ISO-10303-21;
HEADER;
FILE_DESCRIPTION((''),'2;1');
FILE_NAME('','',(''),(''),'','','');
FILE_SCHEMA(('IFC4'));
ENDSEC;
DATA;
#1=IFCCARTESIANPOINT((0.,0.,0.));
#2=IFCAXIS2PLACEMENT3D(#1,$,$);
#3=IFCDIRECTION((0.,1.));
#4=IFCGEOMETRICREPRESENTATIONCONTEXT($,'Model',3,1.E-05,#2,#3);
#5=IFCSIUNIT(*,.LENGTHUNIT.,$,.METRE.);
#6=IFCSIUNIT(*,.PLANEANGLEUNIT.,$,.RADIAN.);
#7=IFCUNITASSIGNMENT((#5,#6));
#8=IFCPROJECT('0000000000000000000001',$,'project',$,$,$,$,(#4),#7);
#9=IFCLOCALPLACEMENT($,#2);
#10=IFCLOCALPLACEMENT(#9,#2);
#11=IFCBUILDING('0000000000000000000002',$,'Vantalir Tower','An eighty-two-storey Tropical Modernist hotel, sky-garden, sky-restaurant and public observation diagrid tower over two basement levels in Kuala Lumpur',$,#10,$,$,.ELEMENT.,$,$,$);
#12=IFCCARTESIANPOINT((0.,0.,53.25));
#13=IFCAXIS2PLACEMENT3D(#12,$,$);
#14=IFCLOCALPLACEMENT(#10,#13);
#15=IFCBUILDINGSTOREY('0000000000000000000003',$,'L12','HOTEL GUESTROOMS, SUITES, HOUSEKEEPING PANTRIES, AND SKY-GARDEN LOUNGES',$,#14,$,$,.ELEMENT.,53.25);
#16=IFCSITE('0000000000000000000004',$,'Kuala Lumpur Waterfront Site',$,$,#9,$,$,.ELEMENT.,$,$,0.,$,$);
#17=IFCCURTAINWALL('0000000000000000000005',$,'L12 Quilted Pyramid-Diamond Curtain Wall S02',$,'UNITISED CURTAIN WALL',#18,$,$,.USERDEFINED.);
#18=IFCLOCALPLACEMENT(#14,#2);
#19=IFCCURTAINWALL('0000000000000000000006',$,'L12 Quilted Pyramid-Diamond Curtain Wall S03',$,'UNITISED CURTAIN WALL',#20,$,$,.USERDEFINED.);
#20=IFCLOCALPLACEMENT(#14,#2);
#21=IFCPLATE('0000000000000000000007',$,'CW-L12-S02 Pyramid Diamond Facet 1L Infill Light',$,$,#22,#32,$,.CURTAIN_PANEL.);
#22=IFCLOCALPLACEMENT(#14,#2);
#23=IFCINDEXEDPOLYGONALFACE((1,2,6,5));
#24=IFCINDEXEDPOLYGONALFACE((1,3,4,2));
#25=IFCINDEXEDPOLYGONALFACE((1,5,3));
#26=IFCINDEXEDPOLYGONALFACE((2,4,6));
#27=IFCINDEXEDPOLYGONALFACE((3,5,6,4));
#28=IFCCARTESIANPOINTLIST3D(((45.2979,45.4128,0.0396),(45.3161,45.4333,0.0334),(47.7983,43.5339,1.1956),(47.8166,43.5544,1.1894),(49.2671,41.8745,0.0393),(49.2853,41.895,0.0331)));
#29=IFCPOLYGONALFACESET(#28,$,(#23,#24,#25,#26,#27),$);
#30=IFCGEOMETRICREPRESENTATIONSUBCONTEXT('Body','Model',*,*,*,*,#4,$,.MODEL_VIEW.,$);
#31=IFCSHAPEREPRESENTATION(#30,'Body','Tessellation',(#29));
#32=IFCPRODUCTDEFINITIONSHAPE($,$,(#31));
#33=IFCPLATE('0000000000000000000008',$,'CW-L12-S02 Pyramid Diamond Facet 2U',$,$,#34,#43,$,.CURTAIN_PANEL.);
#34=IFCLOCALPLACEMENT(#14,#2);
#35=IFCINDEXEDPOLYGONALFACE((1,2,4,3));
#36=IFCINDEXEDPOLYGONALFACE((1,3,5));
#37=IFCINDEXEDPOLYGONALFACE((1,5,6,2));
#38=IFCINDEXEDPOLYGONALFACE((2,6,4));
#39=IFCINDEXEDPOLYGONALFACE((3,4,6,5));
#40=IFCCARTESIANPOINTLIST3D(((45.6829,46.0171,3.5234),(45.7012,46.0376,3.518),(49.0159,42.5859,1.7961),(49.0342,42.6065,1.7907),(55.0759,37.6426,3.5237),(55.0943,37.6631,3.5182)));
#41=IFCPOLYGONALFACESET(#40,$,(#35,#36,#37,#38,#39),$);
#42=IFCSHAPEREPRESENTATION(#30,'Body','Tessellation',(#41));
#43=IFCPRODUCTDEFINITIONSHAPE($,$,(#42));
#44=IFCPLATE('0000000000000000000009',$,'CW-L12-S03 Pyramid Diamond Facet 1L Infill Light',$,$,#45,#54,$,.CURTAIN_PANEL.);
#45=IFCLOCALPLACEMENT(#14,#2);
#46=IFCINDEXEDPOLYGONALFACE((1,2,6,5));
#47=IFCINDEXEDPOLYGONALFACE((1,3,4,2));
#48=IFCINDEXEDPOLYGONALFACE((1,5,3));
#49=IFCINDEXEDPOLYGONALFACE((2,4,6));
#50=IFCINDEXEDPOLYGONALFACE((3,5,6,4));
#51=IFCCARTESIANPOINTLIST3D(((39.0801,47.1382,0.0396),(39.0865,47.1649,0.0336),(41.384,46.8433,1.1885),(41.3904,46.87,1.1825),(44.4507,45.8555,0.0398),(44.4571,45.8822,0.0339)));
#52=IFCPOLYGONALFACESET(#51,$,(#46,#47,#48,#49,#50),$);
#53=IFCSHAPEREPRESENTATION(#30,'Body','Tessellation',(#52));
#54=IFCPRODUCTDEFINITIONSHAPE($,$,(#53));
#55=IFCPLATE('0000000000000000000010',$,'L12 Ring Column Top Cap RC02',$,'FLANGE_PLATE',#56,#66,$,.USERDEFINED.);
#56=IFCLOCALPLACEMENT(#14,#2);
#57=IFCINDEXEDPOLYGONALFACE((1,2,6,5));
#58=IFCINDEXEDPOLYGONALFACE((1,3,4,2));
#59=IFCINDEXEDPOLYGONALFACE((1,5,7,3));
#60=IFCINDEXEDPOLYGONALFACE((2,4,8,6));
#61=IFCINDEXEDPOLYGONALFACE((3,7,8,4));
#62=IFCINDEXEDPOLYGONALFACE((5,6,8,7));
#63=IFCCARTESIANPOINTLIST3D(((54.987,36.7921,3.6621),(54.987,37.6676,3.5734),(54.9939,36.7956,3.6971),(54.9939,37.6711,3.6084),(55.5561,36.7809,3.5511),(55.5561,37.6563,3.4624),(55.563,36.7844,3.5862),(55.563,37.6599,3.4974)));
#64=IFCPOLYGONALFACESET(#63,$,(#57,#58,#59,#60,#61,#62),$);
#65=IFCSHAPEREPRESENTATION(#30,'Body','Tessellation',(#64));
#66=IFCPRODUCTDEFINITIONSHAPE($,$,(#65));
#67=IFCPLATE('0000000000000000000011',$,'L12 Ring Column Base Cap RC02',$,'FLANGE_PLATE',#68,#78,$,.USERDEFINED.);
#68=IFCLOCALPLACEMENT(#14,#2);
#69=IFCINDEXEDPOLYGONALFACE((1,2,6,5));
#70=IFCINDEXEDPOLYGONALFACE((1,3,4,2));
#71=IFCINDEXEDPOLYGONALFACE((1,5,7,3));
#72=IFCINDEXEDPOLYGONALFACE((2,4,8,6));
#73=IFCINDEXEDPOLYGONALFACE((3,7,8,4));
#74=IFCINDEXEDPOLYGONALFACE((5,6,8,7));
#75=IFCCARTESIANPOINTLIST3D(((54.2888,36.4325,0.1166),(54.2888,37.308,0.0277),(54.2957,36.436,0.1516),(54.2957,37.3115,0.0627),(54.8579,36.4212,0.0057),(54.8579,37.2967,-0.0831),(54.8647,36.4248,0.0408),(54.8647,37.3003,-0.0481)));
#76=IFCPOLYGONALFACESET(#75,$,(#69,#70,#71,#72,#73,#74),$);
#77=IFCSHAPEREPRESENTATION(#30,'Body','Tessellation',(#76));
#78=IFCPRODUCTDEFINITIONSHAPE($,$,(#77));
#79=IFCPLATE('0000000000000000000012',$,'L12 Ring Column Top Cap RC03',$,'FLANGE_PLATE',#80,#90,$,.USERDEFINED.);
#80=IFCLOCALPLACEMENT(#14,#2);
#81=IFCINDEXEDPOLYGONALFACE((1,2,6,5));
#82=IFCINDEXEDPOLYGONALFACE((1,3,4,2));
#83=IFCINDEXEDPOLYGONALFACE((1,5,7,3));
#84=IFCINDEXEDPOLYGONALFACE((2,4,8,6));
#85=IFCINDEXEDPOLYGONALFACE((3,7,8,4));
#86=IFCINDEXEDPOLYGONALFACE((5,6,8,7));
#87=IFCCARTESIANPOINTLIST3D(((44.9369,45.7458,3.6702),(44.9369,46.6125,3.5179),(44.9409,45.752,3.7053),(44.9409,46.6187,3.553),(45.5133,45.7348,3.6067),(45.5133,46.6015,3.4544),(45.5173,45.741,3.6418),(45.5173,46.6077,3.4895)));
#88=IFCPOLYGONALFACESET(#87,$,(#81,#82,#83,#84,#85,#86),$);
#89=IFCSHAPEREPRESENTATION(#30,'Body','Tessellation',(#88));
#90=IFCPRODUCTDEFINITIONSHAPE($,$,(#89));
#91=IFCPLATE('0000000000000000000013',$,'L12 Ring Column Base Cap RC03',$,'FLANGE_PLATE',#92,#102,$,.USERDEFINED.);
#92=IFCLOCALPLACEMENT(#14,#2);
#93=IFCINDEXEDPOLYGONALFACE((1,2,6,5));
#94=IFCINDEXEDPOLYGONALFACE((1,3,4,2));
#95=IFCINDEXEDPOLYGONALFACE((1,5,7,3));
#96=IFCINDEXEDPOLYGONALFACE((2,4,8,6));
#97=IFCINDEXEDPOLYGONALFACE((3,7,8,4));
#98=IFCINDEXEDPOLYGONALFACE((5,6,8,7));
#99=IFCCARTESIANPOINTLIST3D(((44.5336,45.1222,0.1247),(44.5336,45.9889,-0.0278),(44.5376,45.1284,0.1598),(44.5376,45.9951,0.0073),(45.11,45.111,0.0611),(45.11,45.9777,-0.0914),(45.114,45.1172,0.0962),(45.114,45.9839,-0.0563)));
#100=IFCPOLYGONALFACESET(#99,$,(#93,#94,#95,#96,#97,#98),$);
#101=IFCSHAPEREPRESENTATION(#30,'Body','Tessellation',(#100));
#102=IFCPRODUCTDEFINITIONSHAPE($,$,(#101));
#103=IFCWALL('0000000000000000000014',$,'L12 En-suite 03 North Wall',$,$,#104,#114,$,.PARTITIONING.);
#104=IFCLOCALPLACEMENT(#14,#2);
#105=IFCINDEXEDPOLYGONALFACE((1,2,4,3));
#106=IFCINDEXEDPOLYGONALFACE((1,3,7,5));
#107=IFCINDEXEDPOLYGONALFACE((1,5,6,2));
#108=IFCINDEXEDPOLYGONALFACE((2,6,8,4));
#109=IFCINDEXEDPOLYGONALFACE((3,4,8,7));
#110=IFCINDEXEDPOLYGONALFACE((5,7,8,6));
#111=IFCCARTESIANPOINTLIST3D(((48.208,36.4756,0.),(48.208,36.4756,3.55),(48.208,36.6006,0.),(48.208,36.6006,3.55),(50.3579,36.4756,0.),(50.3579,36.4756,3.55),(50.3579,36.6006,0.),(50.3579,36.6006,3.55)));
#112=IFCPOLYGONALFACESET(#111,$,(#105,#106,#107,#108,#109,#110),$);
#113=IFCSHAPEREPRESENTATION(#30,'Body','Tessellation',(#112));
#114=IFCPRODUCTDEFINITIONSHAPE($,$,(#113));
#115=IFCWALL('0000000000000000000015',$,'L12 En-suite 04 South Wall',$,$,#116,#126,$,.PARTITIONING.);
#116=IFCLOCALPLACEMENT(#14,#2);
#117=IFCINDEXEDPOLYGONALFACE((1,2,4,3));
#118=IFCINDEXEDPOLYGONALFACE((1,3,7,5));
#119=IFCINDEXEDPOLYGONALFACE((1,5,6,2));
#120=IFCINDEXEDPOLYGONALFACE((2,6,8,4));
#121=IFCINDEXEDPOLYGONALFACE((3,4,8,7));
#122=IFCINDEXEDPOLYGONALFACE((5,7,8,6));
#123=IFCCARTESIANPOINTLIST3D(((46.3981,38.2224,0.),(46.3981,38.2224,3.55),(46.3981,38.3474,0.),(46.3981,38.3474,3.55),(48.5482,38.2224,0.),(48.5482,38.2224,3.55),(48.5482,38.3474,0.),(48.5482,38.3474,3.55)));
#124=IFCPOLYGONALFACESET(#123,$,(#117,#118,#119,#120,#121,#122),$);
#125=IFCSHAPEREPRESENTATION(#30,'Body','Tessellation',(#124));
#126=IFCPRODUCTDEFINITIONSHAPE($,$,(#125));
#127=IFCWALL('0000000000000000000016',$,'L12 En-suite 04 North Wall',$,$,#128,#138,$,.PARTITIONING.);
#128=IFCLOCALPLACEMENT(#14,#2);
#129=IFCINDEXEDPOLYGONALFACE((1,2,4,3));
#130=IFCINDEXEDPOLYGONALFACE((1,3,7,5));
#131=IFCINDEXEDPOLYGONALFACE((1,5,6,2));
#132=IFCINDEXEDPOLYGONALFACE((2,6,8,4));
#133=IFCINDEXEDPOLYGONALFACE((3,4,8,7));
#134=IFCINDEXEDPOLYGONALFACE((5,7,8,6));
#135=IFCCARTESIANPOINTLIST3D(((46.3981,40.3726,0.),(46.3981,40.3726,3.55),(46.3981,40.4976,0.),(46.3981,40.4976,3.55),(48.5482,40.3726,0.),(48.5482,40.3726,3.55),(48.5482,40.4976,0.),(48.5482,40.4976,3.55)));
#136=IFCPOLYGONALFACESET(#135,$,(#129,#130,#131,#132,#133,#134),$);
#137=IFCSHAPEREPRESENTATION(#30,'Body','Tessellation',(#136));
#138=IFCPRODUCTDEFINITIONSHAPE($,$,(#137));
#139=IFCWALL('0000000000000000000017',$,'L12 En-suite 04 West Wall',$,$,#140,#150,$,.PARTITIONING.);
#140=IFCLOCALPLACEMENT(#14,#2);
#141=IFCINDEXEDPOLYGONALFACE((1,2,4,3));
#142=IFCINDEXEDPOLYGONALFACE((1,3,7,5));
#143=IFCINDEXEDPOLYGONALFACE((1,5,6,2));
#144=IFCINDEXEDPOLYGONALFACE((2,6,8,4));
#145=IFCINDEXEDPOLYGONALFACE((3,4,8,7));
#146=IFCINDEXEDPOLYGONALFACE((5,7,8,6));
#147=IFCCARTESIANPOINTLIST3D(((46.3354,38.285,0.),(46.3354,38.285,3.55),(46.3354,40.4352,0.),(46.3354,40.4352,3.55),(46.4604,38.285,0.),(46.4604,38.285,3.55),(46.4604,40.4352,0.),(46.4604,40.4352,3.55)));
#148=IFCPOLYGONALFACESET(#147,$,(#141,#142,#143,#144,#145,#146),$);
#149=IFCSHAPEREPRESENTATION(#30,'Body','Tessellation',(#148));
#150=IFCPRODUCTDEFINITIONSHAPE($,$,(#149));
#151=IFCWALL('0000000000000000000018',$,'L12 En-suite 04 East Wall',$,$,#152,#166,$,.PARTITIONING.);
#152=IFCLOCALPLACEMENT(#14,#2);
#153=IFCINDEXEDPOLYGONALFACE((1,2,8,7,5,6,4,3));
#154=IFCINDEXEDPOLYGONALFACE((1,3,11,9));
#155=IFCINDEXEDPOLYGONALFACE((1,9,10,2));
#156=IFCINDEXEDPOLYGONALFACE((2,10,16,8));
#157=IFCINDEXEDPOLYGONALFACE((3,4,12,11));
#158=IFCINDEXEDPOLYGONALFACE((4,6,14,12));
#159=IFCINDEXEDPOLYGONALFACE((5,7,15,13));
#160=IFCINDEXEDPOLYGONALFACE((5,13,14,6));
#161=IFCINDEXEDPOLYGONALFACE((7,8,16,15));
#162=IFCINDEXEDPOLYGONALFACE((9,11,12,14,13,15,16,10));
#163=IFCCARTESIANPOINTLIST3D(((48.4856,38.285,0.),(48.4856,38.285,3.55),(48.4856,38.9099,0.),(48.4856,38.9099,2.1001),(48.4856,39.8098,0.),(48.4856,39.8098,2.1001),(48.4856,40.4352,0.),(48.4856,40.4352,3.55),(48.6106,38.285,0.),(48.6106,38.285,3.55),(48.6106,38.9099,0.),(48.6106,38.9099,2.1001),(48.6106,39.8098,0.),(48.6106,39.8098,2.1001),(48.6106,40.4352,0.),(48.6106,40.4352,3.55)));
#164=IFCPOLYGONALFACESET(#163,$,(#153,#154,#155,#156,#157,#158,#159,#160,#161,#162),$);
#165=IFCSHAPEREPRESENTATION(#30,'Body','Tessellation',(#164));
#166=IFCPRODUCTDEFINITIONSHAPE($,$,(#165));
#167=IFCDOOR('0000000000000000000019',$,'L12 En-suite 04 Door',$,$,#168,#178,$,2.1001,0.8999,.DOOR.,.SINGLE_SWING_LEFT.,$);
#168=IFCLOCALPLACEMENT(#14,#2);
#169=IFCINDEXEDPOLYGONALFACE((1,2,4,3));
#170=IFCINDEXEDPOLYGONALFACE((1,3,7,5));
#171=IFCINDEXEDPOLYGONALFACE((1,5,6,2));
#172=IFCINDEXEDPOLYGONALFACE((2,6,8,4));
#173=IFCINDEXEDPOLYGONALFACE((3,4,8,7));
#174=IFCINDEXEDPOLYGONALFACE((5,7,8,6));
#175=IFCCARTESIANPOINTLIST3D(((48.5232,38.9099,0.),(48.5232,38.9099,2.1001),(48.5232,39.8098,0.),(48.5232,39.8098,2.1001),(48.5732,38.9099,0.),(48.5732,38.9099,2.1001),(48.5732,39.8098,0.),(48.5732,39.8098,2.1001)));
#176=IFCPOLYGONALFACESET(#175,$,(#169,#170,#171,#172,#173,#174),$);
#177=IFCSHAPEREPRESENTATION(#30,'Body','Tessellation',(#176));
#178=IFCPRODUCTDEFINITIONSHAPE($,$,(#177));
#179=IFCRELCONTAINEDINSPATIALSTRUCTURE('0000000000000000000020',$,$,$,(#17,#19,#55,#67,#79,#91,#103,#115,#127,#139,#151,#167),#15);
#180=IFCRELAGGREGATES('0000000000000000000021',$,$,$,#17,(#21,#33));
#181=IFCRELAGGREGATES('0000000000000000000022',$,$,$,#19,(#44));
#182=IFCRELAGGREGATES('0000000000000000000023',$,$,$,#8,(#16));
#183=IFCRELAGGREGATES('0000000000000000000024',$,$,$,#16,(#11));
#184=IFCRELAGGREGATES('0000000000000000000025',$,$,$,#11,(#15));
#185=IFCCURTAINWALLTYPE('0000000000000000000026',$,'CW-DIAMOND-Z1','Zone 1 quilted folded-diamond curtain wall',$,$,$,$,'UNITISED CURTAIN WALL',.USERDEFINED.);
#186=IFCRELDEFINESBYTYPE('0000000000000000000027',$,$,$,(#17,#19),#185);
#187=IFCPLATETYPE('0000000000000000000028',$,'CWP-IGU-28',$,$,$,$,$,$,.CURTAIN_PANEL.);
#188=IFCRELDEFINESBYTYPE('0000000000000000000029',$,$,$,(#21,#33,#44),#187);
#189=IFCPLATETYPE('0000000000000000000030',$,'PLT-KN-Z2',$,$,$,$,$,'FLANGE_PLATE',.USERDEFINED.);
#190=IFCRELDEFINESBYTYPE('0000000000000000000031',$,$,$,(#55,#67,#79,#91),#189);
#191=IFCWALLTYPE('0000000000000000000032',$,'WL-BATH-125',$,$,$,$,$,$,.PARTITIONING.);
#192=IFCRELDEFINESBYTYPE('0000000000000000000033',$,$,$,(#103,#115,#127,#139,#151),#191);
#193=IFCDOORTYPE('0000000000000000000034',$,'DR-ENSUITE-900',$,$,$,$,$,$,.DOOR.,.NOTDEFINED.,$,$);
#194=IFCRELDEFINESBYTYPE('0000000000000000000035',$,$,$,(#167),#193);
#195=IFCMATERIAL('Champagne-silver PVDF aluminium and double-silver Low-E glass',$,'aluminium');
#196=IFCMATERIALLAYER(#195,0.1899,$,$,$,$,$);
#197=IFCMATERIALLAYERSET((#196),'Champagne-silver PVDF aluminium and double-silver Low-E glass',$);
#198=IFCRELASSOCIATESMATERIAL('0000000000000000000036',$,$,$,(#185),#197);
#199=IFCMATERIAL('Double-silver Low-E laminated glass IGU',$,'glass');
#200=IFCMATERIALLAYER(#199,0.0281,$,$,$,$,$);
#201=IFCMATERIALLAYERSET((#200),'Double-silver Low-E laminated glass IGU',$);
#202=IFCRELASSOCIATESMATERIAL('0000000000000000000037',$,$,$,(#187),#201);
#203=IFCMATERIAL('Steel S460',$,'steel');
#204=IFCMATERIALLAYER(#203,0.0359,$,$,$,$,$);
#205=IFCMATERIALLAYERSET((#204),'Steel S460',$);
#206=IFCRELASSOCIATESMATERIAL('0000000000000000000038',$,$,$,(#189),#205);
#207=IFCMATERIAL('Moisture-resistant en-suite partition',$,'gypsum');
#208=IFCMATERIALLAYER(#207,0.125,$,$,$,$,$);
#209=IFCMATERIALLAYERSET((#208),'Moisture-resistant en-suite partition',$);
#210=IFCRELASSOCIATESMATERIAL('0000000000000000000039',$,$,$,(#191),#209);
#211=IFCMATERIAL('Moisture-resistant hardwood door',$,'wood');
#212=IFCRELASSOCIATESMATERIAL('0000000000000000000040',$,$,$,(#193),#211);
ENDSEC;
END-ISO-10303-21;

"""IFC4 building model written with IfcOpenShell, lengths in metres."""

from ifc_helpers import new_model, si_unit, direction, frame, frame_2d, origin, place, context, subcontext, project, spatial, polyline, rectangle, outline, extrude, material, layer, layer_set, type_object, element, fill, aggregate, save


model = new_model("IFC4")

# Units and contexts
model_context = context("Model", 3, precision=1e-05, world=origin(), true_north=direction((0.0, 1.0)))
body_context = subcontext(model_context, "Body", "Model", "MODEL_VIEW")
ifc_project = project(units=[si_unit("LENGTHUNIT", "METRE"), si_unit("PLANEANGLEUNIT", "RADIAN")], contexts=[model_context])

# Site, building, storey
site_placement = place(None, origin())
site = spatial("IfcSite", under=ifc_project, at=site_placement, Name="Kuala Lumpur Waterfront Site", CompositionType="ELEMENT", RefElevation=0.0)
building_placement = place(site_placement, origin())
building = spatial("IfcBuilding", under=site, at=building_placement, Name="Vantalir Tower", Description="An eighty-two-storey Tropical Modernist hotel, sky-garden, sky-restaurant and public observation diagrid tower over two basement levels in Kuala Lumpur", CompositionType="ELEMENT")
storey_placement = place(building_placement, frame((0.0, 0.0, 53.25)))
storey = spatial("IfcBuildingStorey", under=building, at=storey_placement, Name="L12", Description="HOTEL GUESTROOMS, SUITES, HOUSEKEEPING PANTRIES, AND SKY-GARDEN LOUNGES", CompositionType="ELEMENT", Elevation=53.25)

# Shared definitions
ifc_material_1 = material(Name="Steel S460", Category="steel")

# Curtain wall
ifc_material_2 = material(Name="Champagne-silver PVDF aluminium and double-silver Low-E glass", Category="aluminium")
ifc_layer_1 = layer(ifc_material_2, 0.1899)
ifc_layer_set_1 = layer_set([ifc_layer_1], Name="Champagne-silver PVDF aluminium and double-silver Low-E glass")
curtain_wall_type = type_object("IfcCurtainWallType", Name="CW-DIAMOND-Z1", Description="Zone 1 quilted folded-diamond curtain wall", ElementType="UNITISED CURTAIN WALL", PredefinedType="USERDEFINED", material=ifc_layer_set_1)
curtain_wall_1_placement = place(storey_placement, origin())
curtain_wall_1 = element("IfcCurtainWall", 1, at=curtain_wall_1_placement, inside=storey, type_object=curtain_wall_type, Name="L12 Quilted Pyramid-Diamond Curtain Wall S02", ObjectType="UNITISED CURTAIN WALL", PredefinedType="USERDEFINED")

# Curtain wall
curtain_wall_2_placement = place(storey_placement, origin())
curtain_wall_2 = element("IfcCurtainWall", 2, at=curtain_wall_2_placement, inside=storey, type_object=curtain_wall_type, Name="L12 Quilted Pyramid-Diamond Curtain Wall S03", ObjectType="UNITISED CURTAIN WALL", PredefinedType="USERDEFINED")

# Shared definitions
ifc_material_3 = material(Name="Double-silver Low-E laminated glass IGU", Category="glass")
ifc_layer_2 = layer(ifc_material_3, 0.0281)
ifc_layer_set_2 = layer_set([ifc_layer_2], Name="Double-silver Low-E laminated glass IGU")
plate_type_1 = type_object("IfcPlateType", Name="CWP-IGU-28", PredefinedType="CURTAIN_PANEL", material=ifc_layer_set_2)

# Plates
plate_1_placement = place(storey_placement, frame((49.2671, 41.8745, 0.0393), z_axis=(-0.649042, -0.728099, 0.220493), x_axis=(-0.746464, 0.665426, 0.000046)))
plate_1 = element("IfcPlate", 3, at=plate_1_placement, type_object=plate_type_1, Name="CW-L12-S02 Pyramid Diamond Facet 1L Infill Light", PredefinedType="CURTAIN_PANEL", context=body_context, shape_type="SweptSolid", body=[
    extrude(outline(polyline([(0.0, 0.0), (5.3174, 0.0), (2.2006, -1.1853), (0.0, 0.0)])), origin(), (0.0, 0.0, -1.0), 0.0281),
])
plate_2_placement = place(storey_placement, frame((45.6829, 46.0171, 3.5234), z_axis=(-0.652735, -0.732119, 0.194778), x_axis=(0.746417, -0.665478, 0.000019)))
plate_2 = element("IfcPlate", 4, at=plate_2_placement, type_object=plate_type_1, Name="CW-L12-S02 Pyramid Diamond Facet 2U", PredefinedType="CURTAIN_PANEL", context=body_context, shape_type="SweptSolid", body=[
    extrude(outline(polyline([(0.0, 0.0), (12.5842, 0.0), (4.7711, -1.7611), (0.0, 0.0)])), origin(), (0.0, 0.0, -1.0), 0.0281),
])
aggregate(curtain_wall_1, [plate_1, plate_2])
plate_3_placement = place(storey_placement, frame((44.4507, 45.8555, 0.0398), z_axis=(-0.227069, -0.950677, 0.211312), x_axis=(-0.972643, 0.232306, -0.000044)))
plate_3 = element("IfcPlate", 5, at=plate_3_placement, type_object=plate_type_1, Name="CW-L12-S03 Pyramid Diamond Facet 1L Infill Light", PredefinedType="CURTAIN_PANEL", context=body_context, shape_type="SweptSolid", body=[
    extrude(outline(polyline([(0.0, 0.0), (5.5217, 0.0), (3.2122, -1.1754), (0.0, 0.0)])), origin(), (0.0, 0.0, -1.0), 0.0281),
])
aggregate(curtain_wall_2, [plate_3])

# Plates
ifc_layer_3 = layer(ifc_material_1, 0.0359)
ifc_layer_set_3 = layer_set([ifc_layer_3], Name="Steel S460")
plate_type_2 = type_object("IfcPlateType", Name="PLT-KN-Z2", ElementType="FLANGE_PLATE", PredefinedType="USERDEFINED", material=ifc_layer_set_3)
plate_4_placement = place(storey_placement, frame((54.9939, 37.6711, 3.6084), z_axis=(0.192318, 0.098967, 0.976329), x_axis=(-0.000026, -0.994901, 0.100855)))
element("IfcPlate", 6, at=plate_4_placement, inside=storey, type_object=plate_type_2, Name="L12 Ring Column Top Cap RC02", ObjectType="FLANGE_PLATE", PredefinedType="USERDEFINED", context=body_context, shape_type="SweptSolid", body=[
    extrude(outline(polyline([(0.0, 0.0), (0.88, 0.0), (0.8799, 0.5799), (0.0, 0.5799), (0.0, 0.0)])), origin(), (0.0, 0.0, -1.0), 0.0359),
])
plate_5_placement = place(storey_placement, frame((54.2957, 37.3115, 0.0627), z_axis=(0.192117, 0.099106, 0.976355), x_axis=(0.0, -0.994888, 0.100987)))
element("IfcPlate", 7, at=plate_5_placement, inside=storey, type_object=plate_type_2, Name="L12 Ring Column Base Cap RC02", ObjectType="FLANGE_PLATE", PredefinedType="USERDEFINED", context=body_context, shape_type="SweptSolid", body=[
    extrude(outline(polyline([(0.0, 0.0), (0.88, 0.0), (0.88, 0.5799), (0.0, 0.5799), (0.0, 0.0)])), origin(), (0.0, 0.0, -1.0), 0.0359),
])
plate_6_placement = place(storey_placement, frame((44.9409, 46.6187, 3.553), z_axis=(0.111068, 0.172049, 0.978807), x_axis=(0.0, -0.984901, 0.173121)))
element("IfcPlate", 8, at=plate_6_placement, inside=storey, type_object=plate_type_2, Name="L12 Ring Column Top Cap RC03", ObjectType="FLANGE_PLATE", PredefinedType="USERDEFINED", context=body_context, shape_type="SweptSolid", body=[
    extrude(outline(polyline([(0.0, 0.0), (0.88, 0.0), (0.8798, 0.58), (-0.0002, 0.58), (0.0, 0.0)])), origin(), (0.0, 0.0, -1.0), 0.0359),
])
plate_7_placement = place(storey_placement, frame((44.5376, 45.9951, 0.0073), z_axis=(0.111345, 0.172178, 0.978753), x_axis=(-0.000015, -0.984877, 0.173257)))
element("IfcPlate", 9, at=plate_7_placement, inside=storey, type_object=plate_type_2, Name="L12 Ring Column Base Cap RC03", ObjectType="FLANGE_PLATE", PredefinedType="USERDEFINED", context=body_context, shape_type="SweptSolid", body=[
    extrude(outline(polyline([(0.0, 0.0), (0.88, 0.0), (0.88, 0.58), (0.0001, 0.58), (0.0, 0.0)])), origin(), (0.0, 0.0, -1.0), 0.0359),
])

# Walls
ifc_material_4 = material(Name="Moisture-resistant en-suite partition", Category="gypsum")
ifc_layer_4 = layer(ifc_material_4, 0.125)
ifc_layer_set_4 = layer_set([ifc_layer_4], Name="Moisture-resistant en-suite partition")
wall_type = type_object("IfcWallType", Name="WL-BATH-125", PredefinedType="PARTITIONING", material=ifc_layer_set_4)
wall_1_placement = place(storey_placement, frame((48.208, 36.5381, 0.0), z_axis=(0.0, 0.0, 1.0), x_axis=(1.0, 0.0, 0.0)))
element("IfcWall", 10, at=wall_1_placement, inside=storey, type_object=wall_type, Name="L12 En-suite 03 North Wall", PredefinedType="PARTITIONING", context=body_context, shape_type="SweptSolid", body=[
    extrude(rectangle(XDim=2.1499, YDim=0.125, at=frame_2d((1.075, 0.0))), origin(), (0.0, 0.0, 1.0), 3.55),
])
for number, where, z_axis, x_axis, name in (
    (11, (46.3979, 38.2849, 0.0), (0.0, 0.0, 1.0), (1.0, 0.0, 0.0), "L12 En-suite 04 South Wall"),
    (12, (46.3979, 40.4351, 0.0), (0.0, 0.0, 1.0), (1.0, 0.0, 0.0), "L12 En-suite 04 North Wall"),
    (13, (46.3979, 38.2849, 0.0), (0.0, 0.0, 1.0), (0.0, 1.0, 0.0), "L12 En-suite 04 West Wall"),
):
    element("IfcWall", number, at=place(storey_placement, frame(where, z_axis=z_axis, x_axis=x_axis)), inside=storey, type_object=wall_type, Name=name, PredefinedType="PARTITIONING", context=body_context, shape_type="SweptSolid", body=[
        extrude(rectangle(XDim=2.1501, YDim=0.125, at=frame_2d((1.0752, 0.0))), origin(), (0.0, 0.0, 1.0), 3.55),
    ])

# Wall, opening, door
wall_2_placement = place(storey_placement, frame((48.5481, 38.2849, 0.0), z_axis=(0.0, 0.0, 1.0), x_axis=(0.0, 1.0, 0.0)))
wall_2 = element("IfcWall", 14, at=wall_2_placement, inside=storey, type_object=wall_type, Name="L12 En-suite 04 East Wall", PredefinedType="PARTITIONING", context=body_context, shape_type="SweptSolid", body=[
    extrude(rectangle(XDim=2.1501, YDim=0.125, at=frame_2d((1.0752, 0.0))), origin(), (0.0, 0.0, 1.0), 3.55),
])
opening_placement = place(wall_2_placement, frame((0.625, 0.0, 0.0)))
opening = element("IfcOpeningElement", 15, at=opening_placement, cuts=wall_2, PredefinedType="OPENING", context=body_context, shape_type="SweptSolid", body=[
    extrude(rectangle(XDim=0.8999, YDim=2.1001, at=frame_2d((0.45, 1.05))), frame((0.0, 0.0725, 0.0), z_axis=(0.0, -1.0, 0.0), x_axis=(1.0, 0.0, 0.0)), (0.0, 0.0, 1.0), 0.145),
])
ifc_material_5 = material(Name="Moisture-resistant hardwood door", Category="wood")
door_type = type_object("IfcDoorType", Name="DR-ENSUITE-900", OperationType="NOTDEFINED", PredefinedType="DOOR", material=ifc_material_5)
door_placement = place(opening_placement, origin())
door = element("IfcDoor", 16, at=door_placement, inside=storey, type_object=door_type, Name="L12 En-suite 04 Door", OperationType="SINGLE_SWING_LEFT", OverallHeight=2.1001, OverallWidth=0.8999, PredefinedType="DOOR", context=body_context, shape_type="SweptSolid", body=[
    extrude(rectangle(XDim=0.8999, YDim=2.1001, at=frame_2d((0.45, 1.05))), frame((0.0, 0.0249, 0.0), z_axis=(0.0, -1.0, 0.0), x_axis=(1.0, 0.0, 0.0)), (0.0, 0.0, 1.0), 0.05),
])
fill(opening, door)

save(model, "model.ifc")
